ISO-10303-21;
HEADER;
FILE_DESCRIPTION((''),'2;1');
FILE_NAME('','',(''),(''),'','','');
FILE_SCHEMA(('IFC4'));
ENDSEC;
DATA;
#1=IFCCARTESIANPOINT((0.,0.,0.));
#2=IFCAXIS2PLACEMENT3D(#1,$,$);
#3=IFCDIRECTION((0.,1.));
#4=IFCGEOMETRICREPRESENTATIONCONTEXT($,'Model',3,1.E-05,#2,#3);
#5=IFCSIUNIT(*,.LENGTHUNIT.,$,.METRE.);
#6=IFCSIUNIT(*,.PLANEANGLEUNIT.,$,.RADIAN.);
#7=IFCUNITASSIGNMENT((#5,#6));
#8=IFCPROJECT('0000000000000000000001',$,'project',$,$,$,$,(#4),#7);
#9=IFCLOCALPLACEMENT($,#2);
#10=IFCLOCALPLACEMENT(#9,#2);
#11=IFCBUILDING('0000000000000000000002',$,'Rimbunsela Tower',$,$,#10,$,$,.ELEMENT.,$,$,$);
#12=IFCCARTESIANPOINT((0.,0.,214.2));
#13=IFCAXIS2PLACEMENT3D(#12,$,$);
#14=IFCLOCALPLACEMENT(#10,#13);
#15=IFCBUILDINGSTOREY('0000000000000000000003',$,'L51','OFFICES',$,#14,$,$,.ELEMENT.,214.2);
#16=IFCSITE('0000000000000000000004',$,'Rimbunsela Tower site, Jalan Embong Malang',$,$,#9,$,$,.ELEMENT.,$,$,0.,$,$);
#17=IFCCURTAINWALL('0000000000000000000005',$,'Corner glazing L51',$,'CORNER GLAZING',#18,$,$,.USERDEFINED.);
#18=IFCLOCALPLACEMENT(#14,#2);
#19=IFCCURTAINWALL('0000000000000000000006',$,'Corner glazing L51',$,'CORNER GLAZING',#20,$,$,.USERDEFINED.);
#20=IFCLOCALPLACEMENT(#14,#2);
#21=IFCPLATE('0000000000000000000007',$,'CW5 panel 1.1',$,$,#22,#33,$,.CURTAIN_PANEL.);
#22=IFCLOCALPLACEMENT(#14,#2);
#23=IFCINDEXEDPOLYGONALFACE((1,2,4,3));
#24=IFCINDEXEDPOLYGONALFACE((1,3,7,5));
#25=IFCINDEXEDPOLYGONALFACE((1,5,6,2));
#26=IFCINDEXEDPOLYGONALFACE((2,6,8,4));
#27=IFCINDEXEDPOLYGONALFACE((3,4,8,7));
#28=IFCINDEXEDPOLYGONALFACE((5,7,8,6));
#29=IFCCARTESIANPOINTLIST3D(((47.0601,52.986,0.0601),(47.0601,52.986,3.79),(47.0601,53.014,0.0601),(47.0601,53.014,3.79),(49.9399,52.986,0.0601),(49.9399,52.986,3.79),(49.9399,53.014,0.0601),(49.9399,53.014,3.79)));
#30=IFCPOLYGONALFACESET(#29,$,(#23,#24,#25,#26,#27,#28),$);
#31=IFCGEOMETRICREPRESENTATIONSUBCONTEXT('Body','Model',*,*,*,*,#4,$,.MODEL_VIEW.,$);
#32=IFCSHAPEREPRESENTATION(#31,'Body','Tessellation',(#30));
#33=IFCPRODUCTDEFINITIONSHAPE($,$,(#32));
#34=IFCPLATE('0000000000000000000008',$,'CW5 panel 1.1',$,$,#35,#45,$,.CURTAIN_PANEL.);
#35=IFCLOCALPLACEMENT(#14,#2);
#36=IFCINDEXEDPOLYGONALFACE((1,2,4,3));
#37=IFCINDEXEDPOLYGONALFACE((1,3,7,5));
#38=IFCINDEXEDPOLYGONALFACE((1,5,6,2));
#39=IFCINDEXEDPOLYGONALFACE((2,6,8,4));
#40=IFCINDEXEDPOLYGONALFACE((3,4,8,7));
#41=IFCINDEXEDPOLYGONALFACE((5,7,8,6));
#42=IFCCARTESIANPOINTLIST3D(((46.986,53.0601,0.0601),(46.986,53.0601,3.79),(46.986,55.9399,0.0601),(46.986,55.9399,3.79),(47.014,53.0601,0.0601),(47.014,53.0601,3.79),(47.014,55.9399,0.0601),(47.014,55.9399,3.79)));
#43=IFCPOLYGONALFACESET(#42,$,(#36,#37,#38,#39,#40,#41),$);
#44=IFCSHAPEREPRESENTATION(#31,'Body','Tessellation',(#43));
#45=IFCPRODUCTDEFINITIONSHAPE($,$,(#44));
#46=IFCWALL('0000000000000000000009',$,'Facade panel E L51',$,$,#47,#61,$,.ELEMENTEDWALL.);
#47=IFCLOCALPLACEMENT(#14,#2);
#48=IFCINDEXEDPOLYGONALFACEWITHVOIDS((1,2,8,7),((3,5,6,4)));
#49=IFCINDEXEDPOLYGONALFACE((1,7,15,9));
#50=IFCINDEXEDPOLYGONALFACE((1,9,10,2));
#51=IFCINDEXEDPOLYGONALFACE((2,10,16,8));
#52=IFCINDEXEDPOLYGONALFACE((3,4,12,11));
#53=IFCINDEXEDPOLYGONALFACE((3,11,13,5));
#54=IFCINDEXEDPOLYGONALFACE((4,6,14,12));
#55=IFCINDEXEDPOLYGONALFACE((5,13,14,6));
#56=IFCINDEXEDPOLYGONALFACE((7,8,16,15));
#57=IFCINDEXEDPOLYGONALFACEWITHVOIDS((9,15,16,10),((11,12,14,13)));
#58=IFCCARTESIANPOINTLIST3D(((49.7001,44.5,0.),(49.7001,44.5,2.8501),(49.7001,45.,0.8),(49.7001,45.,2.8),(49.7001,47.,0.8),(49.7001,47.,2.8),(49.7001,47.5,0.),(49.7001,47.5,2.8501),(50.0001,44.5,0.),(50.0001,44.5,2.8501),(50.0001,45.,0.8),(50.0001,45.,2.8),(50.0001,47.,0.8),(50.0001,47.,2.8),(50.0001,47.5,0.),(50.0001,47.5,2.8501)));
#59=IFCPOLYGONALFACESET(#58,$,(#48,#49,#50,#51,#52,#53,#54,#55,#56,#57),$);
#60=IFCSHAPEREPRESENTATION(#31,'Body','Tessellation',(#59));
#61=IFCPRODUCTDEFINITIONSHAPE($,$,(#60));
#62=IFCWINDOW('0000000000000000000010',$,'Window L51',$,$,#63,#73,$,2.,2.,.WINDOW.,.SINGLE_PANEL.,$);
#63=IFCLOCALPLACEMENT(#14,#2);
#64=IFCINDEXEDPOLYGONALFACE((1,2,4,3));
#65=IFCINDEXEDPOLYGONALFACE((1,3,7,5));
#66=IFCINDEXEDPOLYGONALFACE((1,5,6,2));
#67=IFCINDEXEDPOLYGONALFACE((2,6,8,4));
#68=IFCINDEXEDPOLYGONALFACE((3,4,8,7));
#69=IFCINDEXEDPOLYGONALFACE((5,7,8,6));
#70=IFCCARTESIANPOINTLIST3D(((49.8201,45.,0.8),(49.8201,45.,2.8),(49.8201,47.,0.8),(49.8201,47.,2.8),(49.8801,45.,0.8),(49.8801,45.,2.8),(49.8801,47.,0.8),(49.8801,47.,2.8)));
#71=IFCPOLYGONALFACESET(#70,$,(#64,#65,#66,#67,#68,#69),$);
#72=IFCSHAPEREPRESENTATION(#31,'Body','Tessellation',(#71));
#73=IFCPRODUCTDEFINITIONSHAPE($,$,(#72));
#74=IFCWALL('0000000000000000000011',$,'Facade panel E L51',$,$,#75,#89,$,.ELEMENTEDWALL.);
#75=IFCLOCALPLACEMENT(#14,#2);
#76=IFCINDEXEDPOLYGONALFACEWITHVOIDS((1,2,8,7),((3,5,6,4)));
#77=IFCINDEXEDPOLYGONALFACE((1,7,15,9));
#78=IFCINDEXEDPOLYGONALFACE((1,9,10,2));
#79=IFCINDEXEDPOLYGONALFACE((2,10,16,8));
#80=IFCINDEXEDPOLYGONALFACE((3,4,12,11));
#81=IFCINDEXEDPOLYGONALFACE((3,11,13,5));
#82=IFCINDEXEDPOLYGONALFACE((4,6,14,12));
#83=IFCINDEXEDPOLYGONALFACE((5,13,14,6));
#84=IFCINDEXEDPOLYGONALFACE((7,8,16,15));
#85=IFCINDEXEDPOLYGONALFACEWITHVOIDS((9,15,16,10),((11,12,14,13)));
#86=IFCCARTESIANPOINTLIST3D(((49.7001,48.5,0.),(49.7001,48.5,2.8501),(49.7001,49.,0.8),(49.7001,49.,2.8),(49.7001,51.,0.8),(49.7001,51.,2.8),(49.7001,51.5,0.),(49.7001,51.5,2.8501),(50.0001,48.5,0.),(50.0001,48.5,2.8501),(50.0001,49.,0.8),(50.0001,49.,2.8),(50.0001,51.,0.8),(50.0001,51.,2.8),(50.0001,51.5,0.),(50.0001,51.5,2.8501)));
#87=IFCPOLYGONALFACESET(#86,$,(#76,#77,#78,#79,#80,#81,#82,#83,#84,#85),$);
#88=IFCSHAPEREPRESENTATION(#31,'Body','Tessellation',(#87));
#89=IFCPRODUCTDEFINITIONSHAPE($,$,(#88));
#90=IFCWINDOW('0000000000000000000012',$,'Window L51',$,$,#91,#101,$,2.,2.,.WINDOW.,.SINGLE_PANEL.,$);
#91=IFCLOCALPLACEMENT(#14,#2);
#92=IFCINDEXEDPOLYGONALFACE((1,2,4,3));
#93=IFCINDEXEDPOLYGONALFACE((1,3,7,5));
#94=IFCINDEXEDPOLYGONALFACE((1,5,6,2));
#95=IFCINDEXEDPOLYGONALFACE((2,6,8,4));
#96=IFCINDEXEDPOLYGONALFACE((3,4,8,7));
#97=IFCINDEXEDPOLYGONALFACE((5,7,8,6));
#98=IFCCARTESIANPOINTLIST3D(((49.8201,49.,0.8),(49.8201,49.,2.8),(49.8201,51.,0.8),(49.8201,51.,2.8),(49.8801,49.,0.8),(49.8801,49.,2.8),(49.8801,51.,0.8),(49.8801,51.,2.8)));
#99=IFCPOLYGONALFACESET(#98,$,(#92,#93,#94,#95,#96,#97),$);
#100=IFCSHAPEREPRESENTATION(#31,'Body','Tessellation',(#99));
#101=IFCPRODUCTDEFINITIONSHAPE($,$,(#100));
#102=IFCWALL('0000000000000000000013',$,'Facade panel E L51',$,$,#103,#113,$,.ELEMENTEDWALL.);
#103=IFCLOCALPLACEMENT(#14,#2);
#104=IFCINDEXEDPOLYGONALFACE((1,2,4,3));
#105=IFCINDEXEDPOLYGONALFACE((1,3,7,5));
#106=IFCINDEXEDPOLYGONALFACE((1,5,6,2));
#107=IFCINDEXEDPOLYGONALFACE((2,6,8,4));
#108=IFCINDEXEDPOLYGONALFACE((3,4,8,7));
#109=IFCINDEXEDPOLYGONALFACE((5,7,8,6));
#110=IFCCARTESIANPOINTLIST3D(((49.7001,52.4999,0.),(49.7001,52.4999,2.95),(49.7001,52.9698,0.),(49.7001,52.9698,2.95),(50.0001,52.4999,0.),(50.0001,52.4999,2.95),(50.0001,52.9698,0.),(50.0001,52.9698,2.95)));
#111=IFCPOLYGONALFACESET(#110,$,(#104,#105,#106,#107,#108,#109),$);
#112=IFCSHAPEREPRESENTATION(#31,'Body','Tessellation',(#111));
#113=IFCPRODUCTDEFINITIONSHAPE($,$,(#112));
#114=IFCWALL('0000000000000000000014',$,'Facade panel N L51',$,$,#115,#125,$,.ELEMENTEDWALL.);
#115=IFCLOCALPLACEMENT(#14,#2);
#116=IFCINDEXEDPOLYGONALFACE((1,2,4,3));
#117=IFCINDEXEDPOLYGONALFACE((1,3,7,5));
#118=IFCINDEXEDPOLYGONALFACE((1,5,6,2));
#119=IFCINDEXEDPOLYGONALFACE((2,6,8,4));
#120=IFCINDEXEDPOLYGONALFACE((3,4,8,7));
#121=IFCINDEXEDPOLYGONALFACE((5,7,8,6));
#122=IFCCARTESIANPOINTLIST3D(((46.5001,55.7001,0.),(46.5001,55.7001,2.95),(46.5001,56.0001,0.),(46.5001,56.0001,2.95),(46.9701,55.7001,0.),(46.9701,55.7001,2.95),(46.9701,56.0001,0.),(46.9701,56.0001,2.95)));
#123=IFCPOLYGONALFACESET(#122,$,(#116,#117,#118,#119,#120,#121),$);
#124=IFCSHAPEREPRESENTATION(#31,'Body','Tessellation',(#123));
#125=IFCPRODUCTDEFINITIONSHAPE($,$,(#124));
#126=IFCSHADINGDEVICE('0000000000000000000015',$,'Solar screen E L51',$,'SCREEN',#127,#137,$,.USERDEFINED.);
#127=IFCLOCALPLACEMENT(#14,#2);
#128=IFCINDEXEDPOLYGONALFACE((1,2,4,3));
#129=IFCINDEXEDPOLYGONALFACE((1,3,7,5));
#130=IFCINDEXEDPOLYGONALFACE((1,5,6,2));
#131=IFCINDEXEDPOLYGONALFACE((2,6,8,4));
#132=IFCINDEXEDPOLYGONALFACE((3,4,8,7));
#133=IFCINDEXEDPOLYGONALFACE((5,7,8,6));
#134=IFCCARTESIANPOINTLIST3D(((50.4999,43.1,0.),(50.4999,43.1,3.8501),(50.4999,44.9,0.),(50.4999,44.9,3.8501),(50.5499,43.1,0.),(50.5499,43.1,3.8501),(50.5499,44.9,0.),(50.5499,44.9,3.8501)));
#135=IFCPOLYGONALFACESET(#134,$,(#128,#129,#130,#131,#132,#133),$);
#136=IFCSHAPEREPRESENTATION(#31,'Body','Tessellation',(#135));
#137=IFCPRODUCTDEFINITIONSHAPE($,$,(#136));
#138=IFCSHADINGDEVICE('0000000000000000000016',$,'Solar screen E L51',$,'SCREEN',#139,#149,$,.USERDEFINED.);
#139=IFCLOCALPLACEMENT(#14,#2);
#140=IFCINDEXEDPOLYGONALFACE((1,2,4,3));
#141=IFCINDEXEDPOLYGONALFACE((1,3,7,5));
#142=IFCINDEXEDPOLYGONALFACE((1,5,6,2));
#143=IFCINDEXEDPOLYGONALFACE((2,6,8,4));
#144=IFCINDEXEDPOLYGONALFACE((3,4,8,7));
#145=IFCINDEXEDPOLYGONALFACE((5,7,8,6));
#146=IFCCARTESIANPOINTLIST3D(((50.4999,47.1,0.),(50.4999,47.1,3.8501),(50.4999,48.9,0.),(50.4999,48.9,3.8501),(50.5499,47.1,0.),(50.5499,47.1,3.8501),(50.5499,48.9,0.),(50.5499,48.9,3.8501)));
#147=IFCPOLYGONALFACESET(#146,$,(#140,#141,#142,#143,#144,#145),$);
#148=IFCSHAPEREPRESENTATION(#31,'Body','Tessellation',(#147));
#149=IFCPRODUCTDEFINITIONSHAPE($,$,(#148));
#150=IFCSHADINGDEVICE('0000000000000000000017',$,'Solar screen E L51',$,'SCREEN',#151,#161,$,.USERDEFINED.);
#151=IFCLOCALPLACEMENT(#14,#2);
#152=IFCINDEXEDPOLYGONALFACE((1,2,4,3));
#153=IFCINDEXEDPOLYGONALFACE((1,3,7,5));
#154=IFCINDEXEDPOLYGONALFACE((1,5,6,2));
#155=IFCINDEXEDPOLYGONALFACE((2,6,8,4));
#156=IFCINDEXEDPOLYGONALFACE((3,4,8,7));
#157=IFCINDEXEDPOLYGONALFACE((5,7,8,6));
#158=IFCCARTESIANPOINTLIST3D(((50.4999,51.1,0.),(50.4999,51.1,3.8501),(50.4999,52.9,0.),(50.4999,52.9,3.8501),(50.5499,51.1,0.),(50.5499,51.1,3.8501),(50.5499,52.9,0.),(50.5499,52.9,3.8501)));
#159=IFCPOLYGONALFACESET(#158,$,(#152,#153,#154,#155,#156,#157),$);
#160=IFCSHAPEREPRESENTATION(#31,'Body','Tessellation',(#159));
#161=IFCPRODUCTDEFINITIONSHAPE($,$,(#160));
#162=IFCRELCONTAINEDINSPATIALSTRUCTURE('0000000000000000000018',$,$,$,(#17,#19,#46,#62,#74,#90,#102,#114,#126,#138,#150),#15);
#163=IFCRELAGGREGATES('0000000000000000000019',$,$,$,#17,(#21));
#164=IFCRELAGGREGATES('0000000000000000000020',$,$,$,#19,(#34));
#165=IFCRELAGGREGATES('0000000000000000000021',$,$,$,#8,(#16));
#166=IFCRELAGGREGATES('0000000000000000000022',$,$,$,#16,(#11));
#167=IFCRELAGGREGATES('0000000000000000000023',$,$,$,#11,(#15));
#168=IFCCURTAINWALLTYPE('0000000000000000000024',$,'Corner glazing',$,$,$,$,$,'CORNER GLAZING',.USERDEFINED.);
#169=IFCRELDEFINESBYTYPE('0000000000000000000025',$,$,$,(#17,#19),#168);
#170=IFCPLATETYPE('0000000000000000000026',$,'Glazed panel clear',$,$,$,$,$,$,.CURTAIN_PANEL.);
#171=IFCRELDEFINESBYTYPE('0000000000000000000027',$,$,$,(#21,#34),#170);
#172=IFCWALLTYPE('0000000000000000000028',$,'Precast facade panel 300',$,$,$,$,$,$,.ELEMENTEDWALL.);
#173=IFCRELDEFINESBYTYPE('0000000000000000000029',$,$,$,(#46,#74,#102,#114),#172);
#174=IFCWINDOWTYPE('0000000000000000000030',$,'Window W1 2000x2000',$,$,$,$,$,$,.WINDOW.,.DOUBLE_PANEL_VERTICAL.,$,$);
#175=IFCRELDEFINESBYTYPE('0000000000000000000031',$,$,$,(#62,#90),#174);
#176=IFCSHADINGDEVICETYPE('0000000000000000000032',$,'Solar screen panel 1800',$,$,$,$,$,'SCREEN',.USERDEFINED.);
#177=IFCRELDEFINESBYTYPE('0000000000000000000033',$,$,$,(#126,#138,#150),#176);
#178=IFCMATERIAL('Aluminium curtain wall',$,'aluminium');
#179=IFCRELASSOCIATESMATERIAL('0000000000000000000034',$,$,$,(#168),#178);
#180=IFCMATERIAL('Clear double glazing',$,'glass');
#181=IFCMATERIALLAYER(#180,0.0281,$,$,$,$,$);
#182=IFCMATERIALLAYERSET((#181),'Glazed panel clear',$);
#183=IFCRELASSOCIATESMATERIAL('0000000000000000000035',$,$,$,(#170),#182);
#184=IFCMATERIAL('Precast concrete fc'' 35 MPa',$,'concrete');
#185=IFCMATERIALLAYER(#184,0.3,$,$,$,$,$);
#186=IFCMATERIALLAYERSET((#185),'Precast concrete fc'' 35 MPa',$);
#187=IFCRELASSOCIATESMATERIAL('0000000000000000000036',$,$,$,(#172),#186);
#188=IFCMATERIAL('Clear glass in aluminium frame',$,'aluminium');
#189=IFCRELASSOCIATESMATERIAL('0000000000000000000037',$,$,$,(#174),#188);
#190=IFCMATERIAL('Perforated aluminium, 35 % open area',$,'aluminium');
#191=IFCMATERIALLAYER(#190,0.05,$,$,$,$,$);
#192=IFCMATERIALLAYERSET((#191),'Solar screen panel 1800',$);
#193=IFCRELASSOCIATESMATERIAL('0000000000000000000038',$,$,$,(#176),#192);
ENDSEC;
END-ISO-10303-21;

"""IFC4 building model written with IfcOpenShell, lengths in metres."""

from ifc_helpers import new_model, si_unit, direction, frame, frame_2d, origin, origin_2d, place, context, subcontext, project, spatial, rectangle, extrude, material, layer, layer_set, type_object, element, fill, aggregate, save


model = new_model("IFC4")

# Units and contexts
model_context = context("Model", 3, precision=1e-05, world=origin(), true_north=direction((0.0, 1.0)))
body_context = subcontext(model_context, "Body", "Model", "MODEL_VIEW")
ifc_project = project(units=[si_unit("LENGTHUNIT", "METRE"), si_unit("PLANEANGLEUNIT", "RADIAN")], contexts=[model_context])

# Site, building, storey
site_placement = place(None, origin())
site = spatial("IfcSite", under=ifc_project, at=site_placement, Name="Rimbunsela Tower site, Jalan Embong Malang", CompositionType="ELEMENT", RefElevation=0.0)
building_placement = place(site_placement, origin())
building = spatial("IfcBuilding", under=site, at=building_placement, Name="Rimbunsela Tower", CompositionType="ELEMENT")
storey_placement = place(building_placement, frame((0.0, 0.0, 214.2)))
storey = spatial("IfcBuildingStorey", under=building, at=storey_placement, Name="L51", Description="OFFICES", CompositionType="ELEMENT", Elevation=214.2)

# Curtain walls
ifc_material_1 = material(Name="Aluminium curtain wall", Category="aluminium")
curtain_wall_type = type_object("IfcCurtainWallType", Name="Corner glazing", ElementType="CORNER GLAZING", PredefinedType="USERDEFINED", material=ifc_material_1)
curtain_wall_1_placement = place(storey_placement, origin())
curtain_wall_1 = element("IfcCurtainWall", 1, at=curtain_wall_1_placement, inside=storey, type_object=curtain_wall_type, Name="Corner glazing L51", ObjectType="CORNER GLAZING", PredefinedType="USERDEFINED")
curtain_wall_2_placement = place(storey_placement, origin())
curtain_wall_2 = element("IfcCurtainWall", 2, at=curtain_wall_2_placement, inside=storey, type_object=curtain_wall_type, Name="Corner glazing L51", ObjectType="CORNER GLAZING", PredefinedType="USERDEFINED")

# Plates
ifc_material_2 = material(Name="Clear double glazing", Category="glass")
ifc_layer_1 = layer(ifc_material_2, 0.0281)
ifc_layer_set_1 = layer_set([ifc_layer_1], Name="Glazed panel clear")
plate_type = type_object("IfcPlateType", Name="Glazed panel clear", PredefinedType="CURTAIN_PANEL", material=ifc_layer_set_1)
plate_1_placement = place(storey_placement, frame((48.5, 53.0, 0.0601), z_axis=(0.0, 0.0, 1.0), x_axis=(-1.0, 0.0, 0.0)))
plate_1 = element("IfcPlate", 3, at=plate_1_placement, type_object=plate_type, Name="CW5 panel 1.1", PredefinedType="CURTAIN_PANEL", context=body_context, shape_type="SweptSolid", body=[
    extrude(rectangle(XDim=2.8799, YDim=0.0281, at=origin_2d()), origin(), (0.0, 0.0, 1.0), 3.73),
])
aggregate(curtain_wall_1, [plate_1])
plate_2_placement = place(storey_placement, frame((47.0, 54.5, 0.0601), z_axis=(0.0, 0.0, 1.0), x_axis=(0.0, 1.0, 0.0)))
plate_2 = element("IfcPlate", 4, at=plate_2_placement, type_object=plate_type, Name="CW5 panel 1.1", PredefinedType="CURTAIN_PANEL", context=body_context, shape_type="SweptSolid", body=[
    extrude(rectangle(XDim=2.8799, YDim=0.0281, at=origin_2d()), origin(), (0.0, 0.0, 1.0), 3.73),
])
aggregate(curtain_wall_2, [plate_2])

# Walls, openings, windows
ifc_material_3 = material(Name="Precast concrete fc' 35 MPa", Category="concrete")
ifc_layer_2 = layer(ifc_material_3, 0.3)
ifc_layer_set_2 = layer_set([ifc_layer_2], Name="Precast concrete fc' 35 MPa")
wall_type = type_object("IfcWallType", Name="Precast facade panel 300", PredefinedType="ELEMENTEDWALL", material=ifc_layer_set_2)
wall_1_placement = place(storey_placement, frame((49.8501, 44.5, 0.0), z_axis=(0.0, 0.0, 1.0), x_axis=(0.0, 1.0, 0.0)))
wall_1 = element("IfcWall", 5, at=wall_1_placement, inside=storey, type_object=wall_type, Name="Facade panel E L51", PredefinedType="ELEMENTEDWALL", context=body_context, shape_type="SweptSolid", body=[
    extrude(rectangle(XDim=3.0, YDim=0.3, at=frame_2d((1.5, 0.0))), origin(), (0.0, 0.0, 1.0), 2.8501),
])
opening_1_placement = place(wall_1_placement, frame((0.5, 0.0, 0.8)))
opening_1 = element("IfcOpeningElement", 6, at=opening_1_placement, cuts=wall_1, PredefinedType="OPENING", context=body_context, shape_type="SweptSolid", body=[
    extrude(rectangle(XDim=2.0, YDim=2.0, at=frame_2d((1.0, 1.0))), frame((0.0, 0.1599, 0.0), z_axis=(0.0, -1.0, 0.0), x_axis=(1.0, 0.0, 0.0)), (0.0, 0.0, 1.0), 0.3201),
])
ifc_material_4 = material(Name="Clear glass in aluminium frame", Category="aluminium")
window_type = type_object("IfcWindowType", Name="Window W1 2000x2000", PartitioningType="DOUBLE_PANEL_VERTICAL", PredefinedType="WINDOW", material=ifc_material_4)
window_1_placement = place(opening_1_placement, origin())
window_1 = element("IfcWindow", 7, at=window_1_placement, inside=storey, type_object=window_type, Name="Window L51", OverallHeight=2.0, OverallWidth=2.0, PartitioningType="SINGLE_PANEL", PredefinedType="WINDOW", context=body_context, shape_type="SweptSolid", body=[
    extrude(rectangle(XDim=2.0, YDim=2.0, at=frame_2d((1.0, 1.0))), frame((0.0, 0.03, 0.0), z_axis=(0.0, -1.0, 0.0), x_axis=(1.0, 0.0, 0.0)), (0.0, 0.0, 1.0), 0.0601),
])
fill(opening_1, window_1)
wall_2_placement = place(storey_placement, frame((49.8501, 48.5, 0.0), z_axis=(0.0, 0.0, 1.0), x_axis=(0.0, 1.0, 0.0)))
wall_2 = element("IfcWall", 8, at=wall_2_placement, inside=storey, type_object=wall_type, Name="Facade panel E L51", PredefinedType="ELEMENTEDWALL", context=body_context, shape_type="SweptSolid", body=[
    extrude(rectangle(XDim=3.0, YDim=0.3, at=frame_2d((1.5, 0.0))), origin(), (0.0, 0.0, 1.0), 2.8501),
])
opening_2_placement = place(wall_2_placement, frame((0.5, 0.0, 0.8)))
opening_2 = element("IfcOpeningElement", 9, at=opening_2_placement, cuts=wall_2, PredefinedType="OPENING", context=body_context, shape_type="SweptSolid", body=[
    extrude(rectangle(XDim=2.0, YDim=2.0, at=frame_2d((1.0, 1.0))), frame((0.0, 0.1599, 0.0), z_axis=(0.0, -1.0, 0.0), x_axis=(1.0, 0.0, 0.0)), (0.0, 0.0, 1.0), 0.3201),
])
window_2_placement = place(opening_2_placement, origin())
window_2 = element("IfcWindow", 10, at=window_2_placement, inside=storey, type_object=window_type, Name="Window L51", OverallHeight=2.0, OverallWidth=2.0, PartitioningType="SINGLE_PANEL", PredefinedType="WINDOW", context=body_context, shape_type="SweptSolid", body=[
    extrude(rectangle(XDim=2.0, YDim=2.0, at=frame_2d((1.0, 1.0))), frame((0.0, 0.03, 0.0), z_axis=(0.0, -1.0, 0.0), x_axis=(1.0, 0.0, 0.0)), (0.0, 0.0, 1.0), 0.0601),
])
fill(opening_2, window_2)

# Walls
for number, where, z_axis, x_axis, name in (
    (11, (49.8501, 52.5, 0.0), (0.0, 0.0, 1.0), (0.0, 1.0, 0.0), "Facade panel E L51"),
    (12, (46.97, 55.8501, 0.0), (0.0, 0.0, 1.0), (-1.0, 0.0, 0.0), "Facade panel N L51"),
):
    element("IfcWall", number, at=place(storey_placement, frame(where, z_axis=z_axis, x_axis=x_axis)), inside=storey, type_object=wall_type, Name=name, PredefinedType="ELEMENTEDWALL", context=body_context, shape_type="SweptSolid", body=[
        extrude(rectangle(XDim=0.47, YDim=0.3, at=frame_2d((0.2349, 0.0))), origin(), (0.0, 0.0, 1.0), 2.95),
    ])

# Shading devices
ifc_material_5 = material(Name="Perforated aluminium, 35 % open area", Category="aluminium")
ifc_layer_3 = layer(ifc_material_5, 0.05)
ifc_layer_set_3 = layer_set([ifc_layer_3], Name="Solar screen panel 1800")
shading_device_type = type_object("IfcShadingDeviceType", Name="Solar screen panel 1800", ElementType="SCREEN", PredefinedType="USERDEFINED", material=ifc_layer_set_3)
for number, where, z_axis, x_axis, name in (
    (13, (50.5249, 44.0, 0.0), (0.0, 0.0, 1.0), (0.0, 1.0, 0.0), "Solar screen E L51"),
    (14, (50.5249, 48.0, 0.0), (0.0, 0.0, 1.0), (0.0, 1.0, 0.0), "Solar screen E L51"),
    (15, (50.5249, 52.0, 0.0), (0.0, 0.0, 1.0), (0.0, 1.0, 0.0), "Solar screen E L51"),
):
    element("IfcShadingDevice", number, at=place(storey_placement, frame(where, z_axis=z_axis, x_axis=x_axis)), inside=storey, type_object=shading_device_type, Name=name, ObjectType="SCREEN", PredefinedType="USERDEFINED", context=body_context, shape_type="SweptSolid", body=[
        extrude(rectangle(XDim=1.8, YDim=0.05, at=origin_2d()), origin(), (0.0, 0.0, 1.0), 3.8501),
    ])

save(model, "model.ifc")
